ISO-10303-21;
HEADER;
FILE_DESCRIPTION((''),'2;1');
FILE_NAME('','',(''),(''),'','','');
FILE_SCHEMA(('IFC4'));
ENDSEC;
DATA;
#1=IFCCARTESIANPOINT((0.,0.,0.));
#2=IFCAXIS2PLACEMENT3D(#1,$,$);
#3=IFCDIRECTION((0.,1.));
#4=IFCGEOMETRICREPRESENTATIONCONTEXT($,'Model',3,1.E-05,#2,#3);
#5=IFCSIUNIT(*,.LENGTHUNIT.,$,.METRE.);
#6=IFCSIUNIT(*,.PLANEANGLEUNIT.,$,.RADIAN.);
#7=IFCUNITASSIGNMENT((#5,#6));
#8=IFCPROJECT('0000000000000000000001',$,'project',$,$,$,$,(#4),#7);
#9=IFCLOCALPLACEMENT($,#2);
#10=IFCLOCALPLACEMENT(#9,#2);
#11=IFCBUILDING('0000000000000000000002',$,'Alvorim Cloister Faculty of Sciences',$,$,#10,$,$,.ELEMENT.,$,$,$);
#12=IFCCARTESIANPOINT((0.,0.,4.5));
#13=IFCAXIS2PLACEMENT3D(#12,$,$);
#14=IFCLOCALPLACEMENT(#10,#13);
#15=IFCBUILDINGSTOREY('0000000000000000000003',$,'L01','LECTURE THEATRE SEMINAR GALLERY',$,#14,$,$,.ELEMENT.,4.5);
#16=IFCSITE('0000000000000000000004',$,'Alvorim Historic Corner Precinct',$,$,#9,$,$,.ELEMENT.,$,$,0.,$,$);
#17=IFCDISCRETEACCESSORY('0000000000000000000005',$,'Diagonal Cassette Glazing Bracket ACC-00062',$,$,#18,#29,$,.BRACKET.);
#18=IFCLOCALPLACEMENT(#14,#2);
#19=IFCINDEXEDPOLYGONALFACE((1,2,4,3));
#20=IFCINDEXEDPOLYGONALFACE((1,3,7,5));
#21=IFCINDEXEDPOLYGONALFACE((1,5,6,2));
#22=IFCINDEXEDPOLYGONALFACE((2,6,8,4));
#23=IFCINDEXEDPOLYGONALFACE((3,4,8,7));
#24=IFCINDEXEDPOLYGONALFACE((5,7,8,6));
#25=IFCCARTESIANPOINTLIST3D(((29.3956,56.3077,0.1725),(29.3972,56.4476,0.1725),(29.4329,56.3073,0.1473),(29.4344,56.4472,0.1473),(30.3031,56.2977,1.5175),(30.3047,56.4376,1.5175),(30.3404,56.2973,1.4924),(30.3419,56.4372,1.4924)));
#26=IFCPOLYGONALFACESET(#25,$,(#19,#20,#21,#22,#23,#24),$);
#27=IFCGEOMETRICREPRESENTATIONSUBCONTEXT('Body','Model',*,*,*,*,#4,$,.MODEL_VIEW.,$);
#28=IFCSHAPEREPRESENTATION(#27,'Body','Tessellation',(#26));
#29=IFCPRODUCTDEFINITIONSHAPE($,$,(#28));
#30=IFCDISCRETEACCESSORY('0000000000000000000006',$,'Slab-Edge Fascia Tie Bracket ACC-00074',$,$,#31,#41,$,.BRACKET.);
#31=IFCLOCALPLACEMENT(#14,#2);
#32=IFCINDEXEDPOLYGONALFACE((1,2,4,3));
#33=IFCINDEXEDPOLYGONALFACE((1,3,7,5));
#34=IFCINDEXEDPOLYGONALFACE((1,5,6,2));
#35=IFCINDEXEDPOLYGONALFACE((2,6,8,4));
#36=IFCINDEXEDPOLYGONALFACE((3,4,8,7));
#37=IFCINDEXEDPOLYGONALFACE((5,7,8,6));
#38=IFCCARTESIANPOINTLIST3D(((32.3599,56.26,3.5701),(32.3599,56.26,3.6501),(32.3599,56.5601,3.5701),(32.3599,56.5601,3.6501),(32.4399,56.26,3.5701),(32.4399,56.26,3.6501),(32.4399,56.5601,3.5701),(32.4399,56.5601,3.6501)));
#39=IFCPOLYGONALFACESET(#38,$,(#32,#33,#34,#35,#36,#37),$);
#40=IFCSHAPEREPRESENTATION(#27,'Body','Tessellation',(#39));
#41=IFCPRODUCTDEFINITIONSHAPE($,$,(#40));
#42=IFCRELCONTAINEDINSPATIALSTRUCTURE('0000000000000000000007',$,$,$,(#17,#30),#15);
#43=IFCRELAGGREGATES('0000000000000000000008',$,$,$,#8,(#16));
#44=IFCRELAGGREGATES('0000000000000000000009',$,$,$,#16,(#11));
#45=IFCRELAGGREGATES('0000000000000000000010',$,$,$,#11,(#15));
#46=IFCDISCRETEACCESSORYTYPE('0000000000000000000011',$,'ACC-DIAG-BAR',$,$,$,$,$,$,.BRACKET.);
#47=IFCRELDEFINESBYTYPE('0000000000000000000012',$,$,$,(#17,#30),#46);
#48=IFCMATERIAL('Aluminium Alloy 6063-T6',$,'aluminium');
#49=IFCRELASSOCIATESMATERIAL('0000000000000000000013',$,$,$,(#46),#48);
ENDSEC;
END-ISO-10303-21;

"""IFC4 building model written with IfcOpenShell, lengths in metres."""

from ifc_helpers import new_model, si_unit, direction, frame, origin, origin_2d, place, context, subcontext, project, spatial, rectangle, extrude, material, type_object, element, save


model = new_model("IFC4")

# Units and contexts
model_context = context("Model", 3, precision=1e-05, world=origin(), true_north=direction((0.0, 1.0)))
body_context = subcontext(model_context, "Body", "Model", "MODEL_VIEW")
ifc_project = project(units=[si_unit("LENGTHUNIT", "METRE"), si_unit("PLANEANGLEUNIT", "RADIAN")], contexts=[model_context])

# Site, building, storey
site_placement = place(None, origin())
site = spatial("IfcSite", under=ifc_project, at=site_placement, Name="Alvorim Historic Corner Precinct", CompositionType="ELEMENT", RefElevation=0.0)
building_placement = place(site_placement, origin())
building = spatial("IfcBuilding", under=site, at=building_placement, Name="Alvorim Cloister Faculty of Sciences", CompositionType="ELEMENT")
storey_placement = place(building_placement, frame((0.0, 0.0, 4.5)))
storey = spatial("IfcBuildingStorey", under=building, at=storey_placement, Name="L01", Description="LECTURE THEATRE SEMINAR GALLERY", CompositionType="ELEMENT", Elevation=4.5)

# Shared definitions
ifc_material_1 = material(Name="Aluminium Alloy 6063-T6", Category="aluminium")

# Discrete accessories
discrete_accessory_type = type_object("IfcDiscreteAccessoryType", Name="ACC-DIAG-BAR", PredefinedType="BRACKET", material=ifc_material_1)
discrete_accessory_1_placement = place(storey_placement, frame((29.415, 56.3774, 0.1599), z_axis=(0.559299, -0.006169, 0.828943), x_axis=(0.01103, 0.999939, 0.0)))
element("IfcDiscreteAccessory", 1, at=discrete_accessory_1_placement, inside=storey, type_object=discrete_accessory_type, Name="Diagonal Cassette Glazing Bracket ACC-00062", PredefinedType="BRACKET", context=body_context, shape_type="SweptSolid", body=[
    extrude(rectangle(XDim=0.1399, YDim=0.0449, at=origin_2d()), origin(), (0.0, 0.0, 1.0), 1.6226),
])
discrete_accessory_2_placement = place(storey_placement, frame((32.3999, 56.26, 3.6101), z_axis=(0.0, 1.0, 0.0), x_axis=(-1.0, 0.0, 0.0)))
element("IfcDiscreteAccessory", 2, at=discrete_accessory_2_placement, inside=storey, type_object=discrete_accessory_type, Name="Slab-Edge Fascia Tie Bracket ACC-00074", PredefinedType="BRACKET", context=body_context, shape_type="SweptSolid", body=[
    extrude(rectangle(XDim=0.0801, YDim=0.0801, at=origin_2d()), origin(), (0.0, 0.0, 1.0), 0.3),
])

save(model, "model.ifc")
